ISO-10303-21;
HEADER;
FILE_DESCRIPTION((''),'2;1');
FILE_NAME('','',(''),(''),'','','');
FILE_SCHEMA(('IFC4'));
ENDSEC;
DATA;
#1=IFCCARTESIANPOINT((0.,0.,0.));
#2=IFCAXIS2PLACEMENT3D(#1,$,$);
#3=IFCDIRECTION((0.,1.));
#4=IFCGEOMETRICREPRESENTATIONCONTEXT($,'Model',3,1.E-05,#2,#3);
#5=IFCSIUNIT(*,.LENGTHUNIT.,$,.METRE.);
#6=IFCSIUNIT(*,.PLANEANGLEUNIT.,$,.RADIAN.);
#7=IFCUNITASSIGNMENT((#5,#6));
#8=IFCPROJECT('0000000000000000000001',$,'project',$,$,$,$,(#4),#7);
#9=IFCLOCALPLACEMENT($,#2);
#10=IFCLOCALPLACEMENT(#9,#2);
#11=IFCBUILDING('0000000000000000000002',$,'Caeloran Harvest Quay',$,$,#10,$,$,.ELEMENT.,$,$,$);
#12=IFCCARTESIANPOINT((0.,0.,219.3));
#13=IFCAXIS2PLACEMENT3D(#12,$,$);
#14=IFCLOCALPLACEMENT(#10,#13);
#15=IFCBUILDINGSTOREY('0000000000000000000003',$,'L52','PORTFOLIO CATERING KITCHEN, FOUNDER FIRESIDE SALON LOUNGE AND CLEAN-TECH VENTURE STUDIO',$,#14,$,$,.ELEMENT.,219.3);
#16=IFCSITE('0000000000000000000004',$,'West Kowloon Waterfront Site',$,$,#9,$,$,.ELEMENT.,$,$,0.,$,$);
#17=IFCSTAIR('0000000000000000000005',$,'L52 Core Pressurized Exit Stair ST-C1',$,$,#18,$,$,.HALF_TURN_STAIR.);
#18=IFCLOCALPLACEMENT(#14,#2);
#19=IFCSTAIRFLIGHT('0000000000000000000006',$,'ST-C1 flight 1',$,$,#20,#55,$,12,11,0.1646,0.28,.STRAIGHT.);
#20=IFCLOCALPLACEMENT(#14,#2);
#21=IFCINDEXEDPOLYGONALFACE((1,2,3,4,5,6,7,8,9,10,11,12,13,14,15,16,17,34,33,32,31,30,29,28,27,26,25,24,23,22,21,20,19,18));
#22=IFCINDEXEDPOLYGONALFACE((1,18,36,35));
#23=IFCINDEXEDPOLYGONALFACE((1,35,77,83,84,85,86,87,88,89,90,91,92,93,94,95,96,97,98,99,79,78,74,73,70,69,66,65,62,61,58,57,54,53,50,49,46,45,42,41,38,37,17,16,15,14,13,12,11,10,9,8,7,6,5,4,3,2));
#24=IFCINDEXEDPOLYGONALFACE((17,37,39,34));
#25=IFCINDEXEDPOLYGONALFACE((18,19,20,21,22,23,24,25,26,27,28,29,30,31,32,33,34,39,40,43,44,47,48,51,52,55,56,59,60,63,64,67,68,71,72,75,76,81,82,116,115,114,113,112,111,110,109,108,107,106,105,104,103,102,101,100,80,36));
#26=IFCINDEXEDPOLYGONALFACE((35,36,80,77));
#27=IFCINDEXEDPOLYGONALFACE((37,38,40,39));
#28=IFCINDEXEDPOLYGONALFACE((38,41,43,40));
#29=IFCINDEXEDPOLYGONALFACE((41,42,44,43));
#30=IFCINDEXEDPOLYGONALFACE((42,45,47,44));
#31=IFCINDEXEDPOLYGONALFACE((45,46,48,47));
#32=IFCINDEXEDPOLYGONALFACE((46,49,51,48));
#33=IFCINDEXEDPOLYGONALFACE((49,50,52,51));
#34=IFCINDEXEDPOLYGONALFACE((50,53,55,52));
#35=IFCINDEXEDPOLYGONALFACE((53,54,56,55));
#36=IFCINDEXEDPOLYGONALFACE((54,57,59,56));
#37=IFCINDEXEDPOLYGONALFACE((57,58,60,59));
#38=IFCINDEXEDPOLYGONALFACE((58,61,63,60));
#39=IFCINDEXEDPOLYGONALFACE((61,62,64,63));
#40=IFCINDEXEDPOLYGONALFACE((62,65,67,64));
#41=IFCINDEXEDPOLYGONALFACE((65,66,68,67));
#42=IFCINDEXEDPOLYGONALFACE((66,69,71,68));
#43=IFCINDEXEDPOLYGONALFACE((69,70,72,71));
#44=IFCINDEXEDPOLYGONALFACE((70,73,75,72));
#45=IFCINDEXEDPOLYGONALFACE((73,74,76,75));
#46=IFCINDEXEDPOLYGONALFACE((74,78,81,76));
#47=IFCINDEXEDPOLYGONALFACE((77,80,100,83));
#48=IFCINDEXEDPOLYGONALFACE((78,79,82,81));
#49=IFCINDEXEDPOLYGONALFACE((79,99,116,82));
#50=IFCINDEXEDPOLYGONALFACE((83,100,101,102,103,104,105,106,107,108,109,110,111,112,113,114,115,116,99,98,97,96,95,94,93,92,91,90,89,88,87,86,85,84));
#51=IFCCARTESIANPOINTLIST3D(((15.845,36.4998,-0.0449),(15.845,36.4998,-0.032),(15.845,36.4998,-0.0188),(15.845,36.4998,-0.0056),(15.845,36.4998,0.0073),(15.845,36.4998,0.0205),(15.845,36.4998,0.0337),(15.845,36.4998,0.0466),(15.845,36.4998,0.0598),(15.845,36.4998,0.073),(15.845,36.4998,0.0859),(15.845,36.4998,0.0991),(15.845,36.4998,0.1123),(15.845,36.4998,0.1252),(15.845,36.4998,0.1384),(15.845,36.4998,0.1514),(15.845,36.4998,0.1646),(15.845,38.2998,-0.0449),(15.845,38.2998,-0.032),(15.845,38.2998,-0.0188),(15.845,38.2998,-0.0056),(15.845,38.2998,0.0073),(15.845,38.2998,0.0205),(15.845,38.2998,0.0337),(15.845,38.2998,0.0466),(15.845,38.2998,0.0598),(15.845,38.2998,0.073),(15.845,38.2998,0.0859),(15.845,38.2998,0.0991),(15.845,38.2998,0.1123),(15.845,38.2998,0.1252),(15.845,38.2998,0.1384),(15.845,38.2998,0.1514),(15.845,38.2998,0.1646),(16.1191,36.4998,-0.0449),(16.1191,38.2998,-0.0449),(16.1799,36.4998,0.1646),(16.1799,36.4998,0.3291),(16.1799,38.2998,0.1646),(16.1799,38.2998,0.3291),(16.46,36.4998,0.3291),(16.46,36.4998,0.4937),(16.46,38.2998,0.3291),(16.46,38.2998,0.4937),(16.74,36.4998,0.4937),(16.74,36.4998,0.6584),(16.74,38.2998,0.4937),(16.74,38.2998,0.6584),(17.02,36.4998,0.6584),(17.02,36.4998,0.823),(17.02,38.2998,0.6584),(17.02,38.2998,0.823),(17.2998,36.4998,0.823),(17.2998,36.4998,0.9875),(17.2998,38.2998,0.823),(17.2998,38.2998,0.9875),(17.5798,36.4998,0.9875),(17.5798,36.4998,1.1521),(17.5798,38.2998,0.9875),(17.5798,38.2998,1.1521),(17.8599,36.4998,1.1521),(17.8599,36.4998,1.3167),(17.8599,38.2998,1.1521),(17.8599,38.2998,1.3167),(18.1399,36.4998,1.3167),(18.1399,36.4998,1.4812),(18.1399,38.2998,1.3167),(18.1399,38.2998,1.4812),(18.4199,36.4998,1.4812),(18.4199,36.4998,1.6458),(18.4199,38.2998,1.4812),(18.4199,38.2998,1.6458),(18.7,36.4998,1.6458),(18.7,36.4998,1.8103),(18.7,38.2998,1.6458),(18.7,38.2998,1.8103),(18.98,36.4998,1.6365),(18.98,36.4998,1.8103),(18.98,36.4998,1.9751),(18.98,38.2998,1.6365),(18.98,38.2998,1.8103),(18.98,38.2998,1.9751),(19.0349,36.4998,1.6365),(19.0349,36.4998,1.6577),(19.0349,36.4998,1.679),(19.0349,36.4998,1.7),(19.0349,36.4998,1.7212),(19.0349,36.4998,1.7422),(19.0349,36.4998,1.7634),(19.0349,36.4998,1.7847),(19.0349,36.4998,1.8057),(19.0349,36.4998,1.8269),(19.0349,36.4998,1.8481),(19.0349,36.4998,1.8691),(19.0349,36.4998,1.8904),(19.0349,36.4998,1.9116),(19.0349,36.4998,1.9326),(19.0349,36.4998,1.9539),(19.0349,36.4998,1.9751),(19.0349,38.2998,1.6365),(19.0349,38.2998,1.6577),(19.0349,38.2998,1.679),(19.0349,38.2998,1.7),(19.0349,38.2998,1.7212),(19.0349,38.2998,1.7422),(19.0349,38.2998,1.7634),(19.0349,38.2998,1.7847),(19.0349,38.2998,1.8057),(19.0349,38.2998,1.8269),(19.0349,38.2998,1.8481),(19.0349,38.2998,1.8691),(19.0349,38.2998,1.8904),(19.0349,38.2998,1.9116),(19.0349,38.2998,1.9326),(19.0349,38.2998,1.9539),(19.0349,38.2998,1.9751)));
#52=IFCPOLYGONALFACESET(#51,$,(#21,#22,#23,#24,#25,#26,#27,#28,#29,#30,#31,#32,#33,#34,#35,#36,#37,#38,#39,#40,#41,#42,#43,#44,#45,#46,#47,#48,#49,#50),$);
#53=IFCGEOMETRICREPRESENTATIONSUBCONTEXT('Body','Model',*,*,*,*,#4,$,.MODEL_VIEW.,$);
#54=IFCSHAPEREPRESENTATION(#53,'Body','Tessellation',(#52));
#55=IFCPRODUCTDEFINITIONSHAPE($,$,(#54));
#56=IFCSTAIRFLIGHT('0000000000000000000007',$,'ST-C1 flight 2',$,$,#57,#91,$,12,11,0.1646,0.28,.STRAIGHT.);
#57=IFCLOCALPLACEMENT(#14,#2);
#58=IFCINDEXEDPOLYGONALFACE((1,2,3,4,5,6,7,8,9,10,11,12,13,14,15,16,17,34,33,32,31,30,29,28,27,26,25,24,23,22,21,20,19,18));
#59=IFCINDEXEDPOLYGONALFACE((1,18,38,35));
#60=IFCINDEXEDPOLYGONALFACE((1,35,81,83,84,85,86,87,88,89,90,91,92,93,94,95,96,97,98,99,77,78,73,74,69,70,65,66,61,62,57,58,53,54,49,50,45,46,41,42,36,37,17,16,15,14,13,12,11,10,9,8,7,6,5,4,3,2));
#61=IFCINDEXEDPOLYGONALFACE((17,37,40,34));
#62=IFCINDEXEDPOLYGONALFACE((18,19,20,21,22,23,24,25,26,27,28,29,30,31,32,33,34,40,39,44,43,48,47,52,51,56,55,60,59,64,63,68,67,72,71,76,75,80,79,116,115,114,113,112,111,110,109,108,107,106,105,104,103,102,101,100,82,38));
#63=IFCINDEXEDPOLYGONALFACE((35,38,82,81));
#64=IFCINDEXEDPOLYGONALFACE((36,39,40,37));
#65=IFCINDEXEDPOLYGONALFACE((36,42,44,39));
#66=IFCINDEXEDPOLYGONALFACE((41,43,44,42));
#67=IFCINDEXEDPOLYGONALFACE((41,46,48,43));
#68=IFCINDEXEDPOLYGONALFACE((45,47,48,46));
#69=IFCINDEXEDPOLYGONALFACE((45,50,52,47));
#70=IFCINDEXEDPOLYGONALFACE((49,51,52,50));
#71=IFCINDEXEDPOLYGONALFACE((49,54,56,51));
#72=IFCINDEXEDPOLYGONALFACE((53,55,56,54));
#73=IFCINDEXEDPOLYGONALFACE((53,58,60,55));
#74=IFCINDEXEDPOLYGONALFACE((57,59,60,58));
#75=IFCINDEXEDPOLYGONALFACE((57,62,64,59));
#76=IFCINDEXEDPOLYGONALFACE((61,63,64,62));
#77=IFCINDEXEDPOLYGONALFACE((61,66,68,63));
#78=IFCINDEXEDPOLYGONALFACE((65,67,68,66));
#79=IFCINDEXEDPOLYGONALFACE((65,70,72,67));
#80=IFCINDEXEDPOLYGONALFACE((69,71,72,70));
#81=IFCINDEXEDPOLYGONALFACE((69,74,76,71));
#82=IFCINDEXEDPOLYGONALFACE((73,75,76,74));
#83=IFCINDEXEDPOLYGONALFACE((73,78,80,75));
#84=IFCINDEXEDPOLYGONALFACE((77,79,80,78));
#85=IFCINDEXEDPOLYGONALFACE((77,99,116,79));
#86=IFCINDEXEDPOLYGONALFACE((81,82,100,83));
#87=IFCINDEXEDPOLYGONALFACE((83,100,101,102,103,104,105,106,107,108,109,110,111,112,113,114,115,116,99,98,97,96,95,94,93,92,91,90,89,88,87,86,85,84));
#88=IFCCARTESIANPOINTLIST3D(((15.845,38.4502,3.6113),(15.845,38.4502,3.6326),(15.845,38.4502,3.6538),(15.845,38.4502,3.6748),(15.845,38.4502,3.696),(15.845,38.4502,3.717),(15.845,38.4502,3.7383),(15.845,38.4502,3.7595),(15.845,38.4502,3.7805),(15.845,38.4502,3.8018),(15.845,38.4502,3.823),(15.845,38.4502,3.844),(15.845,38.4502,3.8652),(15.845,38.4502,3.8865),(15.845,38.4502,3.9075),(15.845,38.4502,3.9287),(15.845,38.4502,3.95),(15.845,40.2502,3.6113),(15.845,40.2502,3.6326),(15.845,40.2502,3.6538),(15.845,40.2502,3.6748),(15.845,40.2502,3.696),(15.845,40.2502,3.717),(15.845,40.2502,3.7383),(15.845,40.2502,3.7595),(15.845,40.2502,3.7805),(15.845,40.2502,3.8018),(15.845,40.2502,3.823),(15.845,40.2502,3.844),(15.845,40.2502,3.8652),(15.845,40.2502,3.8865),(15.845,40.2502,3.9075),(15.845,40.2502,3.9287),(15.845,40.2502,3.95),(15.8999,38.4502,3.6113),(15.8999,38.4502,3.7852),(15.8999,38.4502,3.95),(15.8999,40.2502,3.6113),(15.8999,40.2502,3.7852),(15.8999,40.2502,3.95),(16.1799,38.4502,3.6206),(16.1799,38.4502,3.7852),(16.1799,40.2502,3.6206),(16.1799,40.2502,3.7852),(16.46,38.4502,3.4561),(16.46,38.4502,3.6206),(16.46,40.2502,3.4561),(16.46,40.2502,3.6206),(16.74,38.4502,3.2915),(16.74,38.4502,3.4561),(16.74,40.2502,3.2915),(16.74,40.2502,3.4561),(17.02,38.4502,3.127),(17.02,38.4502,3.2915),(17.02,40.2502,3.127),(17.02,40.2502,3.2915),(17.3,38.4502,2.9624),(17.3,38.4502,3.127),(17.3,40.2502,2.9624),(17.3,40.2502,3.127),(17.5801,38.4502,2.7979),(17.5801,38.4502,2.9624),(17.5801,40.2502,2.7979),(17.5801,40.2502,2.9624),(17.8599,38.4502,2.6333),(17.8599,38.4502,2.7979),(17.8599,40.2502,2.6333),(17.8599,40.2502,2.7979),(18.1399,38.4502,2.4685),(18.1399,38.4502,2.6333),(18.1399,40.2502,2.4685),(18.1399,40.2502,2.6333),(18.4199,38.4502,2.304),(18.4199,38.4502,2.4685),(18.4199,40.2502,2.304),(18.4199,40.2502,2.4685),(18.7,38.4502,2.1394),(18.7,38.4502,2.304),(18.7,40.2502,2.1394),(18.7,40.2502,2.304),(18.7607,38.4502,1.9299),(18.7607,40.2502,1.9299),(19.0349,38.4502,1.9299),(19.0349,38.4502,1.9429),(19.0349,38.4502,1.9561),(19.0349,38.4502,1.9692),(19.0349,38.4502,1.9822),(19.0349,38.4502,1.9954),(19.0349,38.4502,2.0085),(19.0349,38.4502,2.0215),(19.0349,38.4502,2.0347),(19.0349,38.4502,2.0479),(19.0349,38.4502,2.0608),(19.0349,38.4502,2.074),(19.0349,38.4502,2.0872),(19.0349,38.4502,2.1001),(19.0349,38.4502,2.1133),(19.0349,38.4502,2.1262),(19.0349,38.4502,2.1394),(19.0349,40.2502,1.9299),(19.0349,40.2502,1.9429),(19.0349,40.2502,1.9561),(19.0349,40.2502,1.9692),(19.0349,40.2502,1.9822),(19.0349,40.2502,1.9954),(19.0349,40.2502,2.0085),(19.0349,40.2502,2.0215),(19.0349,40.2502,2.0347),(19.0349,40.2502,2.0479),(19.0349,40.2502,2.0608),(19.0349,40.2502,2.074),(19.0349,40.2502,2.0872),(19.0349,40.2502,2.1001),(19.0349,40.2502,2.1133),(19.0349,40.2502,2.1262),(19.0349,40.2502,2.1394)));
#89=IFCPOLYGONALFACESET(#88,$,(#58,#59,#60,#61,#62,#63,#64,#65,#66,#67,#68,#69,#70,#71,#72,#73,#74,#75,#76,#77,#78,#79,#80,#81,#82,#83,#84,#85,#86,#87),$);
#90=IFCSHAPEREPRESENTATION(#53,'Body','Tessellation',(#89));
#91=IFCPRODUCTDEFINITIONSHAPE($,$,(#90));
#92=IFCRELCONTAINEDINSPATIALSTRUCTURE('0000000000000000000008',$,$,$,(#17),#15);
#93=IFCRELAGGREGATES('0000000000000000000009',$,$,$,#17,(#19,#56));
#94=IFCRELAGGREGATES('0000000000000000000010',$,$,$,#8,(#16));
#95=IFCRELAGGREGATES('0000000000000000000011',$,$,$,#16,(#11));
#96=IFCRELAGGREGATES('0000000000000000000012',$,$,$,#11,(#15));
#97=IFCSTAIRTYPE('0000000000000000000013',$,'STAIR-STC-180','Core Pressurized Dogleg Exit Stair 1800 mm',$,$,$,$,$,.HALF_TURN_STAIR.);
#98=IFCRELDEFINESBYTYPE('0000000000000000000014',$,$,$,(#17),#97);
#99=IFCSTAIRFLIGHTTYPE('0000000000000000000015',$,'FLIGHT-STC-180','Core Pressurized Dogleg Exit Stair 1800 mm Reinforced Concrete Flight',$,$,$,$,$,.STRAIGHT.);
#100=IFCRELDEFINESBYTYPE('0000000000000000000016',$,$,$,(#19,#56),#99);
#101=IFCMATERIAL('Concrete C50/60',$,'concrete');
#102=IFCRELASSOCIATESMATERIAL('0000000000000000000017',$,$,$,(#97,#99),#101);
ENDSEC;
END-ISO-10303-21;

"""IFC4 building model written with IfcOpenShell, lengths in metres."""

from ifc_helpers import new_model, si_unit, direction, frame, origin, place, context, subcontext, project, spatial, polyline, outline, extrude, material, type_object, element, aggregate, save


model = new_model("IFC4")

# Units and contexts
model_context = context("Model", 3, precision=1e-05, world=origin(), true_north=direction((0.0, 1.0)))
body_context = subcontext(model_context, "Body", "Model", "MODEL_VIEW")
ifc_project = project(units=[si_unit("LENGTHUNIT", "METRE"), si_unit("PLANEANGLEUNIT", "RADIAN")], contexts=[model_context])

# Site, building, storey
site_placement = place(None, origin())
site = spatial("IfcSite", under=ifc_project, at=site_placement, Name="West Kowloon Waterfront Site", CompositionType="ELEMENT", RefElevation=0.0)
building_placement = place(site_placement, origin())
building = spatial("IfcBuilding", under=site, at=building_placement, Name="Caeloran Harvest Quay", CompositionType="ELEMENT")
storey_placement = place(building_placement, frame((0.0, 0.0, 219.3)))
storey = spatial("IfcBuildingStorey", under=building, at=storey_placement, Name="L52", Description="PORTFOLIO CATERING KITCHEN, FOUNDER FIRESIDE SALON LOUNGE AND CLEAN-TECH VENTURE STUDIO", CompositionType="ELEMENT", Elevation=219.3)

# Shared definitions
ifc_material_1 = material(Name="Concrete C50/60", Category="concrete")

# Stair, stair flights
stair_type = type_object("IfcStairType", Name="STAIR-STC-180", Description="Core Pressurized Dogleg Exit Stair 1800 mm", PredefinedType="HALF_TURN_STAIR", material=ifc_material_1)
stair_1_placement = place(storey_placement, origin())
stair_1 = element("IfcStair", 1, at=stair_1_placement, inside=storey, type_object=stair_type, Name="L52 Core Pressurized Exit Stair ST-C1", PredefinedType="HALF_TURN_STAIR")
stair_flight_type = type_object("IfcStairFlightType", Name="FLIGHT-STC-180", Description="Core Pressurized Dogleg Exit Stair 1800 mm Reinforced Concrete Flight", PredefinedType="STRAIGHT", material=ifc_material_1)
stair_flight_1_placement = place(storey_placement, frame((15.8999, 37.3999, 0.0), z_axis=(0.0, 0.0, 1.0), x_axis=(1.0, 0.0, 0.0)))
stair_flight_1 = element("IfcStairFlight", 2, at=stair_flight_1_placement, type_object=stair_flight_type, Name="ST-C1 flight 1", NumberOfRisers=12, NumberOfTreads=11, PredefinedType="STRAIGHT", RiserHeight=0.1646, TreadLength=0.28, context=body_context, shape_type="SweptSolid", body=[
    extrude(outline(polyline([(-0.0549, -0.0449), (-0.0549, -0.032), (-0.0549, -0.0188), (-0.0549, -0.0056), (-0.0549, 0.0073), (-0.0549, 0.0205), (-0.0549, 0.0337), (-0.0549, 0.0466), (-0.0549, 0.0598), (-0.0549, 0.073), (-0.0549, 0.0859), (-0.0549, 0.0991), (-0.0549, 0.1123), (-0.0549, 0.1252), (-0.0549, 0.1384), (-0.0549, 0.1514), (-0.0549, 0.1646), (0.28, 0.1646), (0.28, 0.3291), (0.5601, 0.3291), (0.5601, 0.4937), (0.8401, 0.4937), (0.8401, 0.6584), (1.1201, 0.6584), (1.1201, 0.823), (1.3999, 0.823), (1.3999, 0.9875), (1.6799, 0.9875), (1.6799, 1.1521), (1.96, 1.1521), (1.96, 1.3167), (2.24, 1.3167), (2.24, 1.4812), (2.52, 1.4812), (2.52, 1.6458), (2.8, 1.6458), (2.8, 1.8103), (3.0801, 1.8103), (3.0801, 1.9751), (3.135, 1.9751), (3.135, 1.9539), (3.135, 1.9326), (3.135, 1.9116), (3.135, 1.8904), (3.135, 1.8691), (3.135, 1.8481), (3.135, 1.8269), (3.135, 1.8057), (3.135, 1.7847), (3.135, 1.7634), (3.135, 1.7422), (3.135, 1.7212), (3.135, 1.7), (3.135, 1.679), (3.135, 1.6577), (3.135, 1.6365), (3.0801, 1.6365), (0.2192, -0.0449), (-0.0549, -0.0449)])), frame((0.0, 0.8999, 0.0), z_axis=(0.0, -1.0, 0.0), x_axis=(1.0, 0.0, 0.0)), (0.0, 0.0, 1.0), 1.8),
])
stair_flight_2_placement = place(storey_placement, frame((18.98, 39.3501, 1.9749), z_axis=(0.0, 0.0, 1.0), x_axis=(-1.0, 0.0, 0.0)))
stair_flight_2 = element("IfcStairFlight", 3, at=stair_flight_2_placement, type_object=stair_flight_type, Name="ST-C1 flight 2", NumberOfRisers=12, NumberOfTreads=11, PredefinedType="STRAIGHT", RiserHeight=0.1646, TreadLength=0.28, context=body_context, shape_type="SweptSolid", body=[
    extrude(outline(polyline([(-0.0549, -0.0449), (-0.0549, -0.032), (-0.0549, -0.0188), (-0.0549, -0.0056), (-0.0549, 0.0073), (-0.0549, 0.0205), (-0.0549, 0.0337), (-0.0549, 0.0466), (-0.0549, 0.0598), (-0.0549, 0.073), (-0.0549, 0.0859), (-0.0549, 0.0991), (-0.0549, 0.1123), (-0.0549, 0.1252), (-0.0549, 0.1384), (-0.0549, 0.1514), (-0.0549, 0.1646), (0.28, 0.1646), (0.28, 0.3291), (0.5601, 0.3291), (0.5601, 0.4937), (0.8401, 0.4937), (0.8401, 0.6584), (1.1201, 0.6584), (1.1201, 0.823), (1.3999, 0.823), (1.3999, 0.9875), (1.6799, 0.9875), (1.6799, 1.1521), (1.96, 1.1521), (1.96, 1.3167), (2.24, 1.3167), (2.24, 1.4812), (2.52, 1.4812), (2.52, 1.6458), (2.8, 1.6458), (2.8, 1.8103), (3.0801, 1.8103), (3.0801, 1.9751), (3.135, 1.9751), (3.135, 1.9539), (3.135, 1.9326), (3.135, 1.9116), (3.135, 1.8904), (3.135, 1.8691), (3.135, 1.8481), (3.135, 1.8269), (3.135, 1.8057), (3.135, 1.7847), (3.135, 1.7634), (3.135, 1.7422), (3.135, 1.7212), (3.135, 1.7), (3.135, 1.679), (3.135, 1.6577), (3.135, 1.6365), (3.0801, 1.6365), (0.2192, -0.0449), (-0.0549, -0.0449)])), frame((0.0, 0.8999, 0.0), z_axis=(0.0, -1.0, 0.0), x_axis=(1.0, 0.0, 0.0)), (0.0, 0.0, 1.0), 1.8),
])
aggregate(stair_1, [stair_flight_1, stair_flight_2])

save(model, "model.ifc")
